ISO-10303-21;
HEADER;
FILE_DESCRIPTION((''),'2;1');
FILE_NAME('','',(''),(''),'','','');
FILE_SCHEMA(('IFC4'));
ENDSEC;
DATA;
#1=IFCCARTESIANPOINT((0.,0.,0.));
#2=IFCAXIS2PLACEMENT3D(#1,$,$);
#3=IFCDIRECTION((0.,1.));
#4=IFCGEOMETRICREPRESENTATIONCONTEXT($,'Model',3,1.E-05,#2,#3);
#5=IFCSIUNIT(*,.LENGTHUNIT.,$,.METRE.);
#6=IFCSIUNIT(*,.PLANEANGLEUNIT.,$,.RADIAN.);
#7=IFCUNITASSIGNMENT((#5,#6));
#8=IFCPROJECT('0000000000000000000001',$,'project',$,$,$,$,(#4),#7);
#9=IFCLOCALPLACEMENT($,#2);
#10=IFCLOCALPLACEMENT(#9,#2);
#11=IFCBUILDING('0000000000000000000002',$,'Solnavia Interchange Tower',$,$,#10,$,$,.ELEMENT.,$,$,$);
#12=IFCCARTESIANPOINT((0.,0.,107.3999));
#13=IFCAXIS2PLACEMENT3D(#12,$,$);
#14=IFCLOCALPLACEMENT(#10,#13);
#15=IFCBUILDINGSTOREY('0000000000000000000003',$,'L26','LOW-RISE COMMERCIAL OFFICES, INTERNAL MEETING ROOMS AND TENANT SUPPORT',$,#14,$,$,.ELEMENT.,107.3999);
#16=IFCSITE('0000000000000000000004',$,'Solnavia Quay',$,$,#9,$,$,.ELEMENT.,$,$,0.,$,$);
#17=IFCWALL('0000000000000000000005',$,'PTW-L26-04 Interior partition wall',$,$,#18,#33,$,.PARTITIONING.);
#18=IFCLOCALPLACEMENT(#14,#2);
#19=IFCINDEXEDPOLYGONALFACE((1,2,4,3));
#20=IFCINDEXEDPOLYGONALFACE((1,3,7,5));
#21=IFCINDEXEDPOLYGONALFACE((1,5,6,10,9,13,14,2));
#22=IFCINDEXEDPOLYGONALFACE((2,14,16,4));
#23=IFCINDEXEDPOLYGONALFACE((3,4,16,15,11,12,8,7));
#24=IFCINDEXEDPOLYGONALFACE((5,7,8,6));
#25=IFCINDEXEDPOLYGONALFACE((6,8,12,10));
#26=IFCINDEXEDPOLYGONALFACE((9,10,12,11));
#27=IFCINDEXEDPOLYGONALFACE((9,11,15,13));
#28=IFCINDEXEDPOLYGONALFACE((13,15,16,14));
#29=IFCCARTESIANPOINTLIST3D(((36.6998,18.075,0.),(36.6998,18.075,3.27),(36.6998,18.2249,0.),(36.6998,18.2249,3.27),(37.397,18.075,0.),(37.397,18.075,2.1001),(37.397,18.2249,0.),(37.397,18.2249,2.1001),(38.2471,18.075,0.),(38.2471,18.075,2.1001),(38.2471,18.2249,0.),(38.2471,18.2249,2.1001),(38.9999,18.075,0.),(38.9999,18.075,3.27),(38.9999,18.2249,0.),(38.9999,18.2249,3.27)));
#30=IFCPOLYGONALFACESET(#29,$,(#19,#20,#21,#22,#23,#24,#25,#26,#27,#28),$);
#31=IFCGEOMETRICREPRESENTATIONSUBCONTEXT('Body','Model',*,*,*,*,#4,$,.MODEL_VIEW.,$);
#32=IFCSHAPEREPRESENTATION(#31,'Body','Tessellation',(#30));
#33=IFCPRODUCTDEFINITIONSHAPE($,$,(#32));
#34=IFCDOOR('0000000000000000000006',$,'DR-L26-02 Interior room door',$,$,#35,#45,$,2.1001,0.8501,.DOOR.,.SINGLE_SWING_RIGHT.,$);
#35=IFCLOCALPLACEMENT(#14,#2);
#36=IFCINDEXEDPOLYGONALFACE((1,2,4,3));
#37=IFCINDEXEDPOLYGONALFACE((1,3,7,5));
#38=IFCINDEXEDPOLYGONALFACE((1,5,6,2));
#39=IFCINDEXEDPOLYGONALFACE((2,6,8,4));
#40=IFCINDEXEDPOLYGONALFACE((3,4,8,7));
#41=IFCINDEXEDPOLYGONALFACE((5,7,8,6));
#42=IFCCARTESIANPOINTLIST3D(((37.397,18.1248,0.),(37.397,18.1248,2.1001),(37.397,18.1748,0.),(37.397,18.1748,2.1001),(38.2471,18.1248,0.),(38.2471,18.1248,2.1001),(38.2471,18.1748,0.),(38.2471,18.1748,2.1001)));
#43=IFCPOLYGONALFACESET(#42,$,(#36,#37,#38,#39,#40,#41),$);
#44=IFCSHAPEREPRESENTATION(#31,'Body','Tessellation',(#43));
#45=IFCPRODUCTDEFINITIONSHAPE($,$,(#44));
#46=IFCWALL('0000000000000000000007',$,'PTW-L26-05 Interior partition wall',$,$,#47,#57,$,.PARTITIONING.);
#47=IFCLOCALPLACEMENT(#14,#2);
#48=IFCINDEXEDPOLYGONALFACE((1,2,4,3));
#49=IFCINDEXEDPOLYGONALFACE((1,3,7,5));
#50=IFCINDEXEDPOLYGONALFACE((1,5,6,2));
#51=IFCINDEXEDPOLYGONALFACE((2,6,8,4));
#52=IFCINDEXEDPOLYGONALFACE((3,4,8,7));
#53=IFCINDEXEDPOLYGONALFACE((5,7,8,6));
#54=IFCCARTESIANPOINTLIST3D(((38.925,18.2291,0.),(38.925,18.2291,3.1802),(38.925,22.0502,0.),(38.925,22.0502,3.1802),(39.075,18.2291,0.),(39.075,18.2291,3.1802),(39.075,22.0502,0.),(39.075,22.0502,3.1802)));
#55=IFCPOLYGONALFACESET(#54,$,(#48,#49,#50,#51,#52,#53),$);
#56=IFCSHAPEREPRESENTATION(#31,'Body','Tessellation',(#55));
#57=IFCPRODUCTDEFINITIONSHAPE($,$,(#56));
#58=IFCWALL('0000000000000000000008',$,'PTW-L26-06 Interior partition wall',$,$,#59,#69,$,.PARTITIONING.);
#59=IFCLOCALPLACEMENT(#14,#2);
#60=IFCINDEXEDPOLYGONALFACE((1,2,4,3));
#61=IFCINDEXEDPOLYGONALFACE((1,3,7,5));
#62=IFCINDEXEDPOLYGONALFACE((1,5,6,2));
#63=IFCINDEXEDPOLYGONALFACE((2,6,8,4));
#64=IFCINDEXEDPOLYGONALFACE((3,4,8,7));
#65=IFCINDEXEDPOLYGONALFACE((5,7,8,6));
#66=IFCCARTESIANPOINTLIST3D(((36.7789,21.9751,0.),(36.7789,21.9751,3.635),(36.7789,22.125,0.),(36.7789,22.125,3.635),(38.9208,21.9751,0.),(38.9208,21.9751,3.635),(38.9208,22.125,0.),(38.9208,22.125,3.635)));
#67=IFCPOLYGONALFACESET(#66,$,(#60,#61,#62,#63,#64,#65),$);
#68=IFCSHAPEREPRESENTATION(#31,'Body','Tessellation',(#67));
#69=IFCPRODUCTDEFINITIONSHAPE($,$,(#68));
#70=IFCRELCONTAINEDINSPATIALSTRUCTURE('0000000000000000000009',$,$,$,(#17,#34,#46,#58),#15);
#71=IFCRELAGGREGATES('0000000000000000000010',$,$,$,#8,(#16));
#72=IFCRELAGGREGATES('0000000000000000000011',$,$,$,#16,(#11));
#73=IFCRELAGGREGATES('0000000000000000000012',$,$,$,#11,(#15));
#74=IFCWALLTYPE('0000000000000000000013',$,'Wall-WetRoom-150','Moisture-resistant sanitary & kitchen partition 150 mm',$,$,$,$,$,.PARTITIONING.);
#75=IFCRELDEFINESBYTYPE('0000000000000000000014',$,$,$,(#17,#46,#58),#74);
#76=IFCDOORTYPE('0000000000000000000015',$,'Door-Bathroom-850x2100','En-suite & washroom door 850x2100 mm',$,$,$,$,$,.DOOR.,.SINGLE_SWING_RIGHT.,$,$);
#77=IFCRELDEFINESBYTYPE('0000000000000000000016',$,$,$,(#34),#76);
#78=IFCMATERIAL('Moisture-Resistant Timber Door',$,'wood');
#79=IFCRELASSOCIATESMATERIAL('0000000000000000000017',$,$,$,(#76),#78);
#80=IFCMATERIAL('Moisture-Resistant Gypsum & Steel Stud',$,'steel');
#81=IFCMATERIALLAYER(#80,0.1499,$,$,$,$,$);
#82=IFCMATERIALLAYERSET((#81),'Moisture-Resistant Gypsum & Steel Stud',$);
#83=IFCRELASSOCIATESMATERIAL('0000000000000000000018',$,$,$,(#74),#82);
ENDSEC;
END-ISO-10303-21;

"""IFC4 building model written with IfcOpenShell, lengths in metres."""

from ifc_helpers import new_model, si_unit, direction, frame, frame_2d, origin, place, context, subcontext, project, spatial, rectangle, extrude, material, layer, layer_set, type_object, element, fill, save


model = new_model("IFC4")

# Units and contexts
model_context = context("Model", 3, precision=1e-05, world=origin(), true_north=direction((0.0, 1.0)))
body_context = subcontext(model_context, "Body", "Model", "MODEL_VIEW")
ifc_project = project(units=[si_unit("LENGTHUNIT", "METRE"), si_unit("PLANEANGLEUNIT", "RADIAN")], contexts=[model_context])

# Site, building, storey
site_placement = place(None, origin())
site = spatial("IfcSite", under=ifc_project, at=site_placement, Name="Solnavia Quay", CompositionType="ELEMENT", RefElevation=0.0)
building_placement = place(site_placement, origin())
building = spatial("IfcBuilding", under=site, at=building_placement, Name="Solnavia Interchange Tower", CompositionType="ELEMENT")
storey_placement = place(building_placement, frame((0.0, 0.0, 107.3999)))
storey = spatial("IfcBuildingStorey", under=building, at=storey_placement, Name="L26", Description="LOW-RISE COMMERCIAL OFFICES, INTERNAL MEETING ROOMS AND TENANT SUPPORT", CompositionType="ELEMENT", Elevation=107.3999)

# Shared definitions
ifc_material_1 = material(Name="Moisture-Resistant Timber Door", Category="wood")
door_type_1 = type_object("IfcDoorType", Name="Door-Bathroom-850x2100", Description="En-suite & washroom door 850x2100 mm", OperationType="SINGLE_SWING_RIGHT", PredefinedType="DOOR", material=ifc_material_1)

# Shared definitions
ifc_material_2 = material(Name="Moisture-Resistant Gypsum & Steel Stud", Category="steel")
ifc_layer_1 = layer(ifc_material_2, 0.1499)
ifc_layer_set_1 = layer_set([ifc_layer_1], Name="Moisture-Resistant Gypsum & Steel Stud")
wall_type_1 = type_object("IfcWallType", Name="Wall-WetRoom-150", Description="Moisture-resistant sanitary & kitchen partition 150 mm", PredefinedType="PARTITIONING", material=ifc_layer_set_1)

# Wall, opening, door
wall_1_placement = place(storey_placement, frame((36.7, 18.1499, 0.0), z_axis=(0.0, 0.0, 1.0), x_axis=(1.0, 0.0, 0.0)))
wall_1 = element("IfcWall", 1, at=wall_1_placement, inside=storey, type_object=wall_type_1, Name="PTW-L26-04 Interior partition wall", PredefinedType="PARTITIONING", context=body_context, shape_type="SweptSolid", body=[
    extrude(rectangle(XDim=2.3, YDim=0.1499, at=frame_2d((1.1499, 0.0))), origin(), (0.0, 0.0, 1.0), 3.27),
])
opening_1_placement = place(wall_1_placement, frame((0.697, 0.0, 0.0)))
opening_1 = element("IfcOpeningElement", 2, at=opening_1_placement, cuts=wall_1, PredefinedType="OPENING", context=body_context, shape_type="SweptSolid", body=[
    extrude(rectangle(XDim=0.8501, YDim=2.1001, at=frame_2d((0.425, 1.05))), frame((0.0, 0.085, 0.0), z_axis=(0.0, -1.0, 0.0), x_axis=(1.0, 0.0, 0.0)), (0.0, 0.0, 1.0), 0.1699),
])
door_1_placement = place(opening_1_placement, origin())
door_1 = element("IfcDoor", 3, at=door_1_placement, inside=storey, type_object=door_type_1, Name="DR-L26-02 Interior room door", OperationType="SINGLE_SWING_RIGHT", OverallHeight=2.1001, OverallWidth=0.8501, PredefinedType="DOOR", context=body_context, shape_type="SweptSolid", body=[
    extrude(rectangle(XDim=0.8501, YDim=2.1001, at=frame_2d((0.425, 1.05))), frame((0.0, 0.0249, 0.0), z_axis=(0.0, -1.0, 0.0), x_axis=(1.0, 0.0, 0.0)), (0.0, 0.0, 1.0), 0.05),
])
fill(opening_1, door_1)

# Walls
wall_2_placement = place(storey_placement, frame((39.0, 18.229, 0.0), z_axis=(0.0, 0.0, 1.0), x_axis=(0.0, 1.0, 0.0)))
element("IfcWall", 4, at=wall_2_placement, inside=storey, type_object=wall_type_1, Name="PTW-L26-05 Interior partition wall", PredefinedType="PARTITIONING", context=body_context, shape_type="SweptSolid", body=[
    extrude(rectangle(XDim=3.821, YDim=0.1499, at=frame_2d((1.9106, 0.0))), origin(), (0.0, 0.0, 1.0), 3.1802),
])
wall_3_placement = place(storey_placement, frame((36.7791, 22.05, 0.0), z_axis=(0.0, 0.0, 1.0), x_axis=(1.0, 0.0, 0.0)))
element("IfcWall", 5, at=wall_3_placement, inside=storey, type_object=wall_type_1, Name="PTW-L26-06 Interior partition wall", PredefinedType="PARTITIONING", context=body_context, shape_type="SweptSolid", body=[
    extrude(rectangle(XDim=2.1418, YDim=0.1499, at=frame_2d((1.0708, 0.0))), origin(), (0.0, 0.0, 1.0), 3.635),
])

save(model, "model.ifc")
